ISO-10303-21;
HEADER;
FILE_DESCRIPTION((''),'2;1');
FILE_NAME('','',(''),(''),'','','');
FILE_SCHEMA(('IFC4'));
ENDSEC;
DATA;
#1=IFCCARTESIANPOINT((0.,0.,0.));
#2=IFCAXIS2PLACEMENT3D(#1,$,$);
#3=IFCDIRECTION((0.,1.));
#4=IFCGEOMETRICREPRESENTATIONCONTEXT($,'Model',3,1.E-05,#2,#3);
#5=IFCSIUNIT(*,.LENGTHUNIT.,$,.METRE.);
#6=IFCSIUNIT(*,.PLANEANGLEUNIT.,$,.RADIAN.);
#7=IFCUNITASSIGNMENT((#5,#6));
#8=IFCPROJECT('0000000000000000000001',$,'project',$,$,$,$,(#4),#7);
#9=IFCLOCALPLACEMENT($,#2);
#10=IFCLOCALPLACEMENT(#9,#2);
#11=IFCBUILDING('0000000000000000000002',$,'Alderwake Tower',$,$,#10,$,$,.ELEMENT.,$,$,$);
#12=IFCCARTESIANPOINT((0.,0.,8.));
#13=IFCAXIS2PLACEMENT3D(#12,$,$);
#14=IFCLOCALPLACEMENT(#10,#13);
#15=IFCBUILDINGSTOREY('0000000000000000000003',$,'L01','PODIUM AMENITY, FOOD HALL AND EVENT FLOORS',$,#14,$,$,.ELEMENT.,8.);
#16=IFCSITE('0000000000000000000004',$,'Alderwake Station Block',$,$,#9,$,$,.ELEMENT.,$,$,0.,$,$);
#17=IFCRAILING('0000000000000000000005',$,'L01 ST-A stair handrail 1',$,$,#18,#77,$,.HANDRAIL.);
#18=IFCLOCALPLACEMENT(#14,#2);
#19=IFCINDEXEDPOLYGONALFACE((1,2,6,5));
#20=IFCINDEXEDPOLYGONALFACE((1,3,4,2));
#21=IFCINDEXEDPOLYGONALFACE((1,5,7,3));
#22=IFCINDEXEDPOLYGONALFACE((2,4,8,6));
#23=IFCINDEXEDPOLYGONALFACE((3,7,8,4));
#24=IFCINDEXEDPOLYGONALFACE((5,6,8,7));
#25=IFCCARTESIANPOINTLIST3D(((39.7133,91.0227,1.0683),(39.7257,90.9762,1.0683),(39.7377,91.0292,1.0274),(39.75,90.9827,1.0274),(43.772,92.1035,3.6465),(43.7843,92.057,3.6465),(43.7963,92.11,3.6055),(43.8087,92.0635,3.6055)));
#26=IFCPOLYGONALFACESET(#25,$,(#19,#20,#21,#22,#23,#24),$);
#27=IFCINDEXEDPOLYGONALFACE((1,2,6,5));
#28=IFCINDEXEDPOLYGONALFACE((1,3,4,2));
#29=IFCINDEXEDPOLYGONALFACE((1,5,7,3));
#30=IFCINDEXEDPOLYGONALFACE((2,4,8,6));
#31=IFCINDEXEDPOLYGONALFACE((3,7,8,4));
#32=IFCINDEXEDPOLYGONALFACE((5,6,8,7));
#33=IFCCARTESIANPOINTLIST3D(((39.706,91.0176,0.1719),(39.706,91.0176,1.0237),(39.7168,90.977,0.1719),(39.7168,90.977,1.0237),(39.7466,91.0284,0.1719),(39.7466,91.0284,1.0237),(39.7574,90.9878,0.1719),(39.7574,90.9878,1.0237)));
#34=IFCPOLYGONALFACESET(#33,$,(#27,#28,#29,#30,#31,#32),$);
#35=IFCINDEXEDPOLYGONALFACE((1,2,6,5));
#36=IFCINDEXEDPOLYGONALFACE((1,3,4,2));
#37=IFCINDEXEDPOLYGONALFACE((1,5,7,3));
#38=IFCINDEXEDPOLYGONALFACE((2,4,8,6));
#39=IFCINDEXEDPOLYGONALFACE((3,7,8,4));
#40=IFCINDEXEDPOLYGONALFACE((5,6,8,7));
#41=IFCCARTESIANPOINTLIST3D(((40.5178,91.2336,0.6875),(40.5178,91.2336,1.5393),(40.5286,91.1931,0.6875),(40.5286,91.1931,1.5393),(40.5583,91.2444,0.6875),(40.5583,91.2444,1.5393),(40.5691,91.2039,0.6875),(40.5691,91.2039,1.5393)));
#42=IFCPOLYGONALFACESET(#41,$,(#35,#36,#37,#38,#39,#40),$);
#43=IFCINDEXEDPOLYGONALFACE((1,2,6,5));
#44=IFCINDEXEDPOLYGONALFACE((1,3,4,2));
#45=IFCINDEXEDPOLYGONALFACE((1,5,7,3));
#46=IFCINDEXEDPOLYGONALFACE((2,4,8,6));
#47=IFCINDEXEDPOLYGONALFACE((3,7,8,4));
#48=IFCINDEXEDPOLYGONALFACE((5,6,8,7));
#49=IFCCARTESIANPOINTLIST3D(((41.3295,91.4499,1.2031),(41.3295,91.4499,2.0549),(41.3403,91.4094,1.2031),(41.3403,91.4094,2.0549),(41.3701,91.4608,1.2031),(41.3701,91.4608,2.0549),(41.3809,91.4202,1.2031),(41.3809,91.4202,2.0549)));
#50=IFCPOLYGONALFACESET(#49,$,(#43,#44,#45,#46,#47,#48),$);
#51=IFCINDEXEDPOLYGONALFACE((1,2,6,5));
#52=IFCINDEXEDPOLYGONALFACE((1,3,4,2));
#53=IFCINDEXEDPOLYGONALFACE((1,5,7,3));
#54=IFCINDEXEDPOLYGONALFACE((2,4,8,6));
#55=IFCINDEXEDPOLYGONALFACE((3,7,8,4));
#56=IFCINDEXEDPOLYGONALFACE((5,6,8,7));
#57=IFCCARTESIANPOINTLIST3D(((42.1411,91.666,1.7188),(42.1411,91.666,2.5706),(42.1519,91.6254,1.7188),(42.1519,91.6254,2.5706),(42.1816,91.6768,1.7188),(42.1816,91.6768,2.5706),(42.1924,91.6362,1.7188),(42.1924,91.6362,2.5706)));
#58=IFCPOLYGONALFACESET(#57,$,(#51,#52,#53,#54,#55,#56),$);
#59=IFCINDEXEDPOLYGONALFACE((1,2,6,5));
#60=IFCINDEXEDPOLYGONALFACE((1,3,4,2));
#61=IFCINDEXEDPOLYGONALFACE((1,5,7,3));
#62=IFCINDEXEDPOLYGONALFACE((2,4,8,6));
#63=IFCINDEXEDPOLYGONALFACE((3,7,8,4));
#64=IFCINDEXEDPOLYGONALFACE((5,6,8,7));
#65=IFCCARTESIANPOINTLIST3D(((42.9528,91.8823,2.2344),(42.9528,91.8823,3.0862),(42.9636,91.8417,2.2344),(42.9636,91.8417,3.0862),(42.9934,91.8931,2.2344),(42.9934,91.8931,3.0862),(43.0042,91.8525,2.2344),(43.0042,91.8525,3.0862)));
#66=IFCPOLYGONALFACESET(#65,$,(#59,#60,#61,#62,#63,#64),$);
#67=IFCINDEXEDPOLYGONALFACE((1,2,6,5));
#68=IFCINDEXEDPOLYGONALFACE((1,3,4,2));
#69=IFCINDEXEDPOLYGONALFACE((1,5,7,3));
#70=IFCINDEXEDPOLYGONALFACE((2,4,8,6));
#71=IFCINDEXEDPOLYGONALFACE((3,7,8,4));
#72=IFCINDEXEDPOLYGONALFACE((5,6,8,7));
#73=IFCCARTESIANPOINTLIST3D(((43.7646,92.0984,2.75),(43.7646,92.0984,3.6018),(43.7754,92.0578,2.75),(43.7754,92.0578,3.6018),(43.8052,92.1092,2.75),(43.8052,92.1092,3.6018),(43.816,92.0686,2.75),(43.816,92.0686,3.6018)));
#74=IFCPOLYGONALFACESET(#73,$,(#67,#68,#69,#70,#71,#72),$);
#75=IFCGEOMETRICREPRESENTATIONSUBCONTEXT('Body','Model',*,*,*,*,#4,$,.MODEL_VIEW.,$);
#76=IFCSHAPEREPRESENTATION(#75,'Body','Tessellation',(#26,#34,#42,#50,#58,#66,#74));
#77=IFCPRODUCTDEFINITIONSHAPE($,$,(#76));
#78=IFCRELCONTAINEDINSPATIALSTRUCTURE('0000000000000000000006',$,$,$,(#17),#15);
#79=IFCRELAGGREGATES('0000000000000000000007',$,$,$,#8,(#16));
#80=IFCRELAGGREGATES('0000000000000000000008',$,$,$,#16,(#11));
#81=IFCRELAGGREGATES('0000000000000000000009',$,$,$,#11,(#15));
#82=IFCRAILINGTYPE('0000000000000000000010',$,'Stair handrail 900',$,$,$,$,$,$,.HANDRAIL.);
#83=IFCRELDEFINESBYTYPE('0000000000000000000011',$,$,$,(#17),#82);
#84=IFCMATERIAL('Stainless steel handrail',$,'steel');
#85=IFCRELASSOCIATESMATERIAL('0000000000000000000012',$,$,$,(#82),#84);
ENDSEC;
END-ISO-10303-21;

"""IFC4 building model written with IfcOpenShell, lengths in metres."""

from ifc_helpers import new_model, si_unit, direction, frame, origin, origin_2d, place, context, subcontext, project, spatial, rectangle, extrude, material, type_object, element, save


model = new_model("IFC4")

# Units and contexts
model_context = context("Model", 3, precision=1e-05, world=origin(), true_north=direction((0.0, 1.0)))
body_context = subcontext(model_context, "Body", "Model", "MODEL_VIEW")
ifc_project = project(units=[si_unit("LENGTHUNIT", "METRE"), si_unit("PLANEANGLEUNIT", "RADIAN")], contexts=[model_context])

# Site, building, storey
site_placement = place(None, origin())
site = spatial("IfcSite", under=ifc_project, at=site_placement, Name="Alderwake Station Block", CompositionType="ELEMENT", RefElevation=0.0)
building_placement = place(site_placement, origin())
building = spatial("IfcBuilding", under=site, at=building_placement, Name="Alderwake Tower", CompositionType="ELEMENT")
storey_placement = place(building_placement, frame((0.0, 0.0, 8.0)))
storey = spatial("IfcBuildingStorey", under=building, at=storey_placement, Name="L01", Description="PODIUM AMENITY, FOOD HALL AND EVENT FLOORS", CompositionType="ELEMENT", Elevation=8.0)

# Railing
ifc_material_1 = material(Name="Stainless steel handrail", Category="steel")
railing_type_1 = type_object("IfcRailingType", Name="Stair handrail 900", PredefinedType="HANDRAIL", material=ifc_material_1)
railing_1_placement = place(storey_placement, frame((39.7317, 91.0027, 0.1719)))
element("IfcRailing", 1, at=railing_1_placement, inside=storey, type_object=railing_type_1, Name="L01 ST-A stair handrail 1", PredefinedType="HANDRAIL", context=body_context, shape_type="SweptSolid", body=[
    extrude(rectangle(XDim=0.0481, YDim=0.0481, at=origin_2d()), frame((0.0, 0.0, 0.876), z_axis=(0.823546, 0.219312, 0.523138), x_axis=(-0.257333, 0.966323, 0.0)), (0.0, 0.0, 1.0), 4.9282),
    extrude(rectangle(XDim=0.042, YDim=0.042, at=origin_2d()), frame((0.0, 0.0, 0.0), z_axis=(0.0, 0.0, 1.0), x_axis=(0.966323, 0.257333, 0.0)), (0.0, 0.0, 1.0), 0.8518),
    extrude(rectangle(XDim=0.042, YDim=0.042, at=origin_2d()), frame((0.8118, 0.2161, 0.5156), z_axis=(0.0, 0.0, 1.0), x_axis=(0.966323, 0.257333, 0.0)), (0.0, 0.0, 1.0), 0.8518),
    extrude(rectangle(XDim=0.042, YDim=0.042, at=origin_2d()), frame((1.6235, 0.4324, 1.0312), z_axis=(0.0, 0.0, 1.0), x_axis=(0.966323, 0.257333, 0.0)), (0.0, 0.0, 1.0), 0.8518),
    extrude(rectangle(XDim=0.042, YDim=0.042, at=origin_2d()), frame((2.4351, 0.6484, 1.5469), z_axis=(0.0, 0.0, 1.0), x_axis=(0.966323, 0.257333, 0.0)), (0.0, 0.0, 1.0), 0.8518),
    extrude(rectangle(XDim=0.042, YDim=0.042, at=origin_2d()), frame((3.2468, 0.8647, 2.0625), z_axis=(0.0, 0.0, 1.0), x_axis=(0.966323, 0.257333, 0.0)), (0.0, 0.0, 1.0), 0.8518),
    extrude(rectangle(XDim=0.042, YDim=0.042, at=origin_2d()), frame((4.0586, 1.0808, 2.5781), z_axis=(0.0, 0.0, 1.0), x_axis=(0.966323, 0.257333, 0.0)), (0.0, 0.0, 1.0), 0.8518),
])

save(model, "model.ifc")
